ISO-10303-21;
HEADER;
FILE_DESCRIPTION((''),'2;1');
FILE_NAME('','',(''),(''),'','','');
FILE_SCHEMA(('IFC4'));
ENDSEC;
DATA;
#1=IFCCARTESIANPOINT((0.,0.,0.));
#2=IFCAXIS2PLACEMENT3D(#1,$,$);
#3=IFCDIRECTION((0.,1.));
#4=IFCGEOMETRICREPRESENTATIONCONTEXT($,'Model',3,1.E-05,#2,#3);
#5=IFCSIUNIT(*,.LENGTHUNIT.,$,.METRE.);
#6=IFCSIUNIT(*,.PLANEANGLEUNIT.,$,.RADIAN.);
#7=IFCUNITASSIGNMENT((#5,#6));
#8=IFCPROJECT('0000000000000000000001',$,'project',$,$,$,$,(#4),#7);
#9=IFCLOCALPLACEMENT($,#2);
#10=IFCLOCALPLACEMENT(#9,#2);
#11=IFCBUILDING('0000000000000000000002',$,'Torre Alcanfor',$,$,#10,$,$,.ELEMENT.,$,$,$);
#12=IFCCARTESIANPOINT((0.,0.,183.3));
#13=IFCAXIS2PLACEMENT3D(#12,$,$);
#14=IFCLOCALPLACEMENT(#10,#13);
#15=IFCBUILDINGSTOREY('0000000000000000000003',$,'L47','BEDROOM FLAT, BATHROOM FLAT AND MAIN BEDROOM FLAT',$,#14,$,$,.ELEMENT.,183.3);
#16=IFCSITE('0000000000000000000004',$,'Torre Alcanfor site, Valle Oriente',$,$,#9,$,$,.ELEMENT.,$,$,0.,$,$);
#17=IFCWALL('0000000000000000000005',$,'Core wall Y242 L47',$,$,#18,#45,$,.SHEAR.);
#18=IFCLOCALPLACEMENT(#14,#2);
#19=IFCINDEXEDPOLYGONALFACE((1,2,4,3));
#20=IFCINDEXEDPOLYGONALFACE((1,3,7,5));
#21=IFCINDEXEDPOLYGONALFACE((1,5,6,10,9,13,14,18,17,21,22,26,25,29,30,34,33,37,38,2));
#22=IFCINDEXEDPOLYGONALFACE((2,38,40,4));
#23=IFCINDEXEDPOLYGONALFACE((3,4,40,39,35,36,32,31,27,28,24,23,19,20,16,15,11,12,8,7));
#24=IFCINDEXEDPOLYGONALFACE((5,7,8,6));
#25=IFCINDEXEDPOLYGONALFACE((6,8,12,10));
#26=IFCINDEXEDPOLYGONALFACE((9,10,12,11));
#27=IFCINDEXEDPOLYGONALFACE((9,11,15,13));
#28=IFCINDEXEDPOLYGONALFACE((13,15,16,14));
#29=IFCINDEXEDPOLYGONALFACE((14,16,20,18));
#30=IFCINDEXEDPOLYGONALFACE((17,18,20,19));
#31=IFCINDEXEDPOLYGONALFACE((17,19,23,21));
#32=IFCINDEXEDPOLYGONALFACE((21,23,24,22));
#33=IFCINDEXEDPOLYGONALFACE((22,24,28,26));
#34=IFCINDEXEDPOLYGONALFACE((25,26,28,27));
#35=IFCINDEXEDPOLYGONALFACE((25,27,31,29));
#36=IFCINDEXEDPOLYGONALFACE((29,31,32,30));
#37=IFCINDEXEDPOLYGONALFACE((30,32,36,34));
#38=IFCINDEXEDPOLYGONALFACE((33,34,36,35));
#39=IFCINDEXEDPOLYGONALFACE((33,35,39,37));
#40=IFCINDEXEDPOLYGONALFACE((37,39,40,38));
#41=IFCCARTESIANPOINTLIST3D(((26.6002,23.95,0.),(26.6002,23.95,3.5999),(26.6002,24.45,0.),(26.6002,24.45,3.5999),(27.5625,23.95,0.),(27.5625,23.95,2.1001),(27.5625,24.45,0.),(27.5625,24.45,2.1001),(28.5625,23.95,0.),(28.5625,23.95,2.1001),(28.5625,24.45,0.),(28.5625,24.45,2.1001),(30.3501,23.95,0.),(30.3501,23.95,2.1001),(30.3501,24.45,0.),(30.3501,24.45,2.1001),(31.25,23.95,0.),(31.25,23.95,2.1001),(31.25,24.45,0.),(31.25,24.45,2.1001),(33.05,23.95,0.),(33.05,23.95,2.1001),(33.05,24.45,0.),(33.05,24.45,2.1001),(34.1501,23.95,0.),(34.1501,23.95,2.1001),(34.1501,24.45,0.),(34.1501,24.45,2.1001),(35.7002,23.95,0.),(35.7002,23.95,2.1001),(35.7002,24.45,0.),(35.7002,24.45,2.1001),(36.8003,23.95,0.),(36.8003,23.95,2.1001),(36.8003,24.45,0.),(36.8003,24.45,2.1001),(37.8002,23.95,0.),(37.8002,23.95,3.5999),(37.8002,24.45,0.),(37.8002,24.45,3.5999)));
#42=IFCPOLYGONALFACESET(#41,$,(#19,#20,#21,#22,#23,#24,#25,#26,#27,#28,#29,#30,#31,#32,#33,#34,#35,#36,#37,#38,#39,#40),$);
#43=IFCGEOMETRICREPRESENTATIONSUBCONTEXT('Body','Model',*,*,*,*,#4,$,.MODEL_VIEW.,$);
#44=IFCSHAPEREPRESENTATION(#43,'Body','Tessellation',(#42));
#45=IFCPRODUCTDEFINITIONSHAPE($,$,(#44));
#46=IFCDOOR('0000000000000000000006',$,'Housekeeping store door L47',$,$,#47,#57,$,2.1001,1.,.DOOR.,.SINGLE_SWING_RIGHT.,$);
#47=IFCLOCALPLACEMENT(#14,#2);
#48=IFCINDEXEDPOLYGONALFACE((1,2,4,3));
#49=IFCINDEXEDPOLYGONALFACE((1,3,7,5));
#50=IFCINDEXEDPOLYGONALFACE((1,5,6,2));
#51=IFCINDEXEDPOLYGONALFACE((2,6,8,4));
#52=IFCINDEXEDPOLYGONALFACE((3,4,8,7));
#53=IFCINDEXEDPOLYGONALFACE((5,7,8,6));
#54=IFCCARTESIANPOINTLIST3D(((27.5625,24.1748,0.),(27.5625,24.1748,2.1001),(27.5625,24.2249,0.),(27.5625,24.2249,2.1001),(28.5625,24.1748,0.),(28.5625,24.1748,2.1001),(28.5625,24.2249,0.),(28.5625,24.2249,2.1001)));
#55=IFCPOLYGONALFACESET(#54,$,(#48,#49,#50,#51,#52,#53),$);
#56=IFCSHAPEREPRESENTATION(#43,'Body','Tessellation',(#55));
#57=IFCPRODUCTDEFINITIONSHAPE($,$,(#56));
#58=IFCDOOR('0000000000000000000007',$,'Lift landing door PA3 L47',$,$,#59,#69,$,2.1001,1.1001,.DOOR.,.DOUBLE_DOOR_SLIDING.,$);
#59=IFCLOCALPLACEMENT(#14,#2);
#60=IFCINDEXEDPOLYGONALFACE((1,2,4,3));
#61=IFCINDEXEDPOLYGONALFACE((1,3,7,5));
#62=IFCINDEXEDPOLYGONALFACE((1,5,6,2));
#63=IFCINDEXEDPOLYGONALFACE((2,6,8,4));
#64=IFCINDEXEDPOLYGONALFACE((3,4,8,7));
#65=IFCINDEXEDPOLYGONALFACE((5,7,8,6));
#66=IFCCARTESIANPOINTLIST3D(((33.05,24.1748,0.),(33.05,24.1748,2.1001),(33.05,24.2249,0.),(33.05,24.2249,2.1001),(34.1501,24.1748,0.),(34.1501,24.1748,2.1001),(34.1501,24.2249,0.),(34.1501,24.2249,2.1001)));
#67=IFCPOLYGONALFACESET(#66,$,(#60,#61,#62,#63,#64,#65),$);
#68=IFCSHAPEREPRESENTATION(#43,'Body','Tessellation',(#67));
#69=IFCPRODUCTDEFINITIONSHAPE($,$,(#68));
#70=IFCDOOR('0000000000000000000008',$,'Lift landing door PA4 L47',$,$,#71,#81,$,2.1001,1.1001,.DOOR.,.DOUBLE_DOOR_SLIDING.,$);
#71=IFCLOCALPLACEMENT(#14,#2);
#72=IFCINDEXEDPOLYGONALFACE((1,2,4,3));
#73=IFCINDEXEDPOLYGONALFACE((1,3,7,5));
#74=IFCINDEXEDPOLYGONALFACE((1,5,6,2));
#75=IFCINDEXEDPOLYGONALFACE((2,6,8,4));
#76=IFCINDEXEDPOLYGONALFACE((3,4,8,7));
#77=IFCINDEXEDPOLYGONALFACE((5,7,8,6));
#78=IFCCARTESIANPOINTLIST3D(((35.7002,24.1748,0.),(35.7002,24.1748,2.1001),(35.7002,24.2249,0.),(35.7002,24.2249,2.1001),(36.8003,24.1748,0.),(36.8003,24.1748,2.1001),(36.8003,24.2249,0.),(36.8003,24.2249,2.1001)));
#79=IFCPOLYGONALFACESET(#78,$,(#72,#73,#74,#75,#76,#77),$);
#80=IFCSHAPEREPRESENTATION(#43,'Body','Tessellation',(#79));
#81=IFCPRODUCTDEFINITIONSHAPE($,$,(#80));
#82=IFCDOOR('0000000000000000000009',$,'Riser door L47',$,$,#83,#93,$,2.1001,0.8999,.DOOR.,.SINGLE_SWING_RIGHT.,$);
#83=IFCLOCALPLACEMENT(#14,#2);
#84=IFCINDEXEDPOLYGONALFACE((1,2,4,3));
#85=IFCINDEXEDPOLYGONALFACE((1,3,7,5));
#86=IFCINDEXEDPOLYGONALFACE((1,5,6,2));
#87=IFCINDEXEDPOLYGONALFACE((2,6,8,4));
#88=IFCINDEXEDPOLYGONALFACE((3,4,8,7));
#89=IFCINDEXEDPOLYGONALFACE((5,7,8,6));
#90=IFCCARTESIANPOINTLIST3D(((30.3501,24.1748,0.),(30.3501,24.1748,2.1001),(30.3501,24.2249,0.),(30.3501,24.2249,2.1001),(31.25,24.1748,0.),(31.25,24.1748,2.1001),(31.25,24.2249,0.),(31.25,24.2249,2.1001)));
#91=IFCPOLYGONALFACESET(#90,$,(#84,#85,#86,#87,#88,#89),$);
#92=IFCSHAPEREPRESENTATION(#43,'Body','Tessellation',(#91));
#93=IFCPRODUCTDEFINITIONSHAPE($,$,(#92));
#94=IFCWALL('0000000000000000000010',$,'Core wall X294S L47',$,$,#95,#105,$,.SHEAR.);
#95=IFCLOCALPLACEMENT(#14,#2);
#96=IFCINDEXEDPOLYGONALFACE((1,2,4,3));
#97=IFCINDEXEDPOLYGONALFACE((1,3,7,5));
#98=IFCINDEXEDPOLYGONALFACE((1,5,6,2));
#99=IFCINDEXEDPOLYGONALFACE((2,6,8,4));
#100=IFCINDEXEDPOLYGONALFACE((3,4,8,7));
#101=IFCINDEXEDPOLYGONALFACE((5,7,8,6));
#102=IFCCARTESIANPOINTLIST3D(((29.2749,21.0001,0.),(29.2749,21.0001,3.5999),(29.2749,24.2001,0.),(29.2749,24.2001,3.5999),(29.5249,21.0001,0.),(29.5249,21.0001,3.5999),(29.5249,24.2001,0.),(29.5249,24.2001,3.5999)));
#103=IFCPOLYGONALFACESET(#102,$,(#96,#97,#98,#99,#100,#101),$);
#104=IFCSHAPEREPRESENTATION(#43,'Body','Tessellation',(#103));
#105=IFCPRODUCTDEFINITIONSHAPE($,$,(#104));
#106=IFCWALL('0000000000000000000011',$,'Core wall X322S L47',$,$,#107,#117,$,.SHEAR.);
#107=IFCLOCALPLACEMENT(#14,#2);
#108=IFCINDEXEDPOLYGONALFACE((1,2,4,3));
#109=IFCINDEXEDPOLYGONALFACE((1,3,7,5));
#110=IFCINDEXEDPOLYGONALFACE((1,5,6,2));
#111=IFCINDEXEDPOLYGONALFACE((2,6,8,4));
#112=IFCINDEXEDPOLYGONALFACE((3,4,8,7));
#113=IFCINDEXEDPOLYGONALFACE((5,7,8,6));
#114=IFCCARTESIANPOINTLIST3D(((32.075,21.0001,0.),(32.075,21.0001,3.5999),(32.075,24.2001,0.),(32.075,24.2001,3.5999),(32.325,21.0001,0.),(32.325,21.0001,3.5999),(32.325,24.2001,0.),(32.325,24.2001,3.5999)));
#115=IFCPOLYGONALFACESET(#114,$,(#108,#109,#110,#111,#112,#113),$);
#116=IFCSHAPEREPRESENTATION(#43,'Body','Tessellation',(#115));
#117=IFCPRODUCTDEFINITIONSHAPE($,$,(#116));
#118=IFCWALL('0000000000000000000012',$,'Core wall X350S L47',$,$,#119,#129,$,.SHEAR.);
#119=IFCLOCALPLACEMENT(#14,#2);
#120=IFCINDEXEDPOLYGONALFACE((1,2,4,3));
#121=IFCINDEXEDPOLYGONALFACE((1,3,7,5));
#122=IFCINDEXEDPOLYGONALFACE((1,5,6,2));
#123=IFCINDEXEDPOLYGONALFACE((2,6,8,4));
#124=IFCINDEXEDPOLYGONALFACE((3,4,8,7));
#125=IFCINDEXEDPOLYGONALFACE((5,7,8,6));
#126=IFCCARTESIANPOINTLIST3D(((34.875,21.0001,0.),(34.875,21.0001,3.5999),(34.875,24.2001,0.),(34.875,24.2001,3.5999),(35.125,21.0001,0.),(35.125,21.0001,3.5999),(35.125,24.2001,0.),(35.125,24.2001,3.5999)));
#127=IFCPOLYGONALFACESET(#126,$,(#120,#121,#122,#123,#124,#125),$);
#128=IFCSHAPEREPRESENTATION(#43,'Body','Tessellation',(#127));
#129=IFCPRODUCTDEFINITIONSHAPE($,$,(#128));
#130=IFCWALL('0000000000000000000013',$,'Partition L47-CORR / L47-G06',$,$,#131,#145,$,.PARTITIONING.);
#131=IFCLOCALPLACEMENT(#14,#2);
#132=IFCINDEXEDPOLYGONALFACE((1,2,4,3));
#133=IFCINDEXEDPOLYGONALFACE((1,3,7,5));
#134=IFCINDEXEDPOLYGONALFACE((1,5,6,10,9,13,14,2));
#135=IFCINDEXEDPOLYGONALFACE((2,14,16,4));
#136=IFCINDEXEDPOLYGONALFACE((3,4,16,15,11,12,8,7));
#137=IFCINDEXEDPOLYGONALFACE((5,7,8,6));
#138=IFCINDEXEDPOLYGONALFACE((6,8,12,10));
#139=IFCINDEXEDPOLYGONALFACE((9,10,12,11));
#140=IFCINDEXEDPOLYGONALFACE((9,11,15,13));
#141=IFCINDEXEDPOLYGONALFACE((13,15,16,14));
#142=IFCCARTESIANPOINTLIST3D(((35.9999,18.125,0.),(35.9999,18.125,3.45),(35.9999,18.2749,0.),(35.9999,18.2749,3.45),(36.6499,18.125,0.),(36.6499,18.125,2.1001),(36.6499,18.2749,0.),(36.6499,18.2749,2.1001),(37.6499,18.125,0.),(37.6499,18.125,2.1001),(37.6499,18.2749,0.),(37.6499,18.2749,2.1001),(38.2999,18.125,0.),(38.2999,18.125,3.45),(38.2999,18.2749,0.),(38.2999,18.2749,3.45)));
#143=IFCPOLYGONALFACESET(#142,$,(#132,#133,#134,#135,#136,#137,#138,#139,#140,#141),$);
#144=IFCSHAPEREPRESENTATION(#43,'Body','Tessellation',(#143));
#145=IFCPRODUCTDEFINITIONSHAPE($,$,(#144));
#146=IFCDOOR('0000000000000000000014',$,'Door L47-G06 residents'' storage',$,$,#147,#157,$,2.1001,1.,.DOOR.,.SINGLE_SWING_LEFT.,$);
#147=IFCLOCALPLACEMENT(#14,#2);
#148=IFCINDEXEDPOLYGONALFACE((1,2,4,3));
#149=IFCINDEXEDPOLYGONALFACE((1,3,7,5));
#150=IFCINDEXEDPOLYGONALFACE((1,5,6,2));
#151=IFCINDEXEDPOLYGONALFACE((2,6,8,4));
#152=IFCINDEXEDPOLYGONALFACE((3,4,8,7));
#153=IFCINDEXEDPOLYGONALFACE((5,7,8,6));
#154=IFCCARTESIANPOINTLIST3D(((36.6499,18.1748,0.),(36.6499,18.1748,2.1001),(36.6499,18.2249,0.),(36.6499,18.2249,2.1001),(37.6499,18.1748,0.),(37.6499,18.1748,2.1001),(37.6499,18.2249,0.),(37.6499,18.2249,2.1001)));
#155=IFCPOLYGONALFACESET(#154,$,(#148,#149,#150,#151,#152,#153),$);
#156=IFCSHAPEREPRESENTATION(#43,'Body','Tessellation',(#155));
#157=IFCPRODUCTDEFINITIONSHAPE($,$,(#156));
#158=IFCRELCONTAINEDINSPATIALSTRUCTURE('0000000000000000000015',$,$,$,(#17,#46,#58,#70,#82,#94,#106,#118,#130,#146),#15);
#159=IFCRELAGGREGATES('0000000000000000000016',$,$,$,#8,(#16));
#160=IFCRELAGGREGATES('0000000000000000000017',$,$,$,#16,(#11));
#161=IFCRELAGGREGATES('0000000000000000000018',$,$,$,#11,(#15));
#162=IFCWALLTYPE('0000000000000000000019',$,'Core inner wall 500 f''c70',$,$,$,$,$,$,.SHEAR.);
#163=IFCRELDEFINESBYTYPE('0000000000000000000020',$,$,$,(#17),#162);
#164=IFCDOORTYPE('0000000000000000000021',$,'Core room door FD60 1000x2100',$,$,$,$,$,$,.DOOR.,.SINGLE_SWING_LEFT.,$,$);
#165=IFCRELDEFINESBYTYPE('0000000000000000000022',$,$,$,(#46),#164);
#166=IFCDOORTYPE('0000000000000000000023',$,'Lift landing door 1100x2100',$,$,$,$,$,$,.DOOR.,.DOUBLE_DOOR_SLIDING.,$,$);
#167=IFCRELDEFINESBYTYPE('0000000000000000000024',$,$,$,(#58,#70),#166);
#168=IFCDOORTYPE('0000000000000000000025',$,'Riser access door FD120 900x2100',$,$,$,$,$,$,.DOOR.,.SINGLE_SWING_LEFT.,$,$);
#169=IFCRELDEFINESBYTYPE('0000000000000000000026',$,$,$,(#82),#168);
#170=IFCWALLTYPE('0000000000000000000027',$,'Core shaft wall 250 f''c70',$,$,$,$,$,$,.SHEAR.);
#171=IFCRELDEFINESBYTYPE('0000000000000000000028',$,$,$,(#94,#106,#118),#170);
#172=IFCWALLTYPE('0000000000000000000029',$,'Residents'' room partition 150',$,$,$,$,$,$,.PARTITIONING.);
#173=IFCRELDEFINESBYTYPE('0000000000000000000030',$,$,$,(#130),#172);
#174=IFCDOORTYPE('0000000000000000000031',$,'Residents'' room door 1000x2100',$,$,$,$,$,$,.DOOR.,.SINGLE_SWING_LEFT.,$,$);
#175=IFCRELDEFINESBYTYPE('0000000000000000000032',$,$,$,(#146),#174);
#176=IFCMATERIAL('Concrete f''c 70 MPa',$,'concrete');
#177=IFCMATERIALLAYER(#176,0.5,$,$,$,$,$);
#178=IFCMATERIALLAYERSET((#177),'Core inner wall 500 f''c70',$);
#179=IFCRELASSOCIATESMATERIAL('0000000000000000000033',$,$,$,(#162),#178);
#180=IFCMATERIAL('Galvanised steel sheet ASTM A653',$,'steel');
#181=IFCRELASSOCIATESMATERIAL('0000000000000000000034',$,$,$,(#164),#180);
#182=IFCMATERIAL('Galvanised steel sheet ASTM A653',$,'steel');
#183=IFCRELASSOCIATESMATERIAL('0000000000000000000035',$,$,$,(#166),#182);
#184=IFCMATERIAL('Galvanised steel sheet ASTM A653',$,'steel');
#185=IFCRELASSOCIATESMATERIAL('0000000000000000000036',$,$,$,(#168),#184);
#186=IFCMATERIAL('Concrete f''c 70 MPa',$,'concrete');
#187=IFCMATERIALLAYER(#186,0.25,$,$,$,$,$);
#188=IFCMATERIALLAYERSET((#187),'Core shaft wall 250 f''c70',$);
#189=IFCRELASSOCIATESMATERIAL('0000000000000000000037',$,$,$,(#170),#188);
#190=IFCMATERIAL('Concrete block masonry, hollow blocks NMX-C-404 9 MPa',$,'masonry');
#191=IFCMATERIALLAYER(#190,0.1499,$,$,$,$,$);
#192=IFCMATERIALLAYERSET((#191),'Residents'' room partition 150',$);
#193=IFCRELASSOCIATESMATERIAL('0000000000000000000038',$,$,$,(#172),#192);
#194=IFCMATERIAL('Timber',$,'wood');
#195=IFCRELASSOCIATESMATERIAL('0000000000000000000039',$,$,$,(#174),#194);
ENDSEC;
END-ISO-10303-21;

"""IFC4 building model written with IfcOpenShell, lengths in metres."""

from ifc_helpers import new_model, si_unit, direction, frame, frame_2d, origin, place, context, subcontext, project, spatial, rectangle, extrude, material, layer, layer_set, type_object, element, fill, save


model = new_model("IFC4")

# Units and contexts
model_context = context("Model", 3, precision=1e-05, world=origin(), true_north=direction((0.0, 1.0)))
body_context = subcontext(model_context, "Body", "Model", "MODEL_VIEW")
ifc_project = project(units=[si_unit("LENGTHUNIT", "METRE"), si_unit("PLANEANGLEUNIT", "RADIAN")], contexts=[model_context])

# Site, building, storey
site_placement = place(None, origin())
site = spatial("IfcSite", under=ifc_project, at=site_placement, Name="Torre Alcanfor site, Valle Oriente", CompositionType="ELEMENT", RefElevation=0.0)
building_placement = place(site_placement, origin())
building = spatial("IfcBuilding", under=site, at=building_placement, Name="Torre Alcanfor", CompositionType="ELEMENT")
storey_placement = place(building_placement, frame((0.0, 0.0, 183.3)))
storey = spatial("IfcBuildingStorey", under=building, at=storey_placement, Name="L47", Description="BEDROOM FLAT, BATHROOM FLAT AND MAIN BEDROOM FLAT", CompositionType="ELEMENT", Elevation=183.3)

# Shared definitions
ifc_material_1 = material(Name="Concrete f'c 70 MPa", Category="concrete")
ifc_layer_1 = layer(ifc_material_1, 0.5)
ifc_layer_set_1 = layer_set([ifc_layer_1], Name="Core inner wall 500 f'c70")
wall_type_1 = type_object("IfcWallType", Name="Core inner wall 500 f'c70", PredefinedType="SHEAR", material=ifc_layer_set_1)

# Wall, openings, doors
wall_1_placement = place(storey_placement, frame((26.6001, 24.2, 0.0), z_axis=(0.0, 0.0, 1.0), x_axis=(1.0, 0.0, 0.0)))
wall_1 = element("IfcWall", 1, at=wall_1_placement, inside=storey, type_object=wall_type_1, Name="Core wall Y242 L47", PredefinedType="SHEAR", context=body_context, shape_type="SweptSolid", body=[
    extrude(rectangle(XDim=11.2, YDim=0.5, at=frame_2d((5.6001, 0.0))), origin(), (0.0, 0.0, 1.0), 3.5999),
])
opening_1_placement = place(wall_1_placement, frame((0.9624, 0.0, 0.0)))
opening_1 = element("IfcOpeningElement", 2, at=opening_1_placement, cuts=wall_1, PredefinedType="OPENING", context=body_context, shape_type="SweptSolid", body=[
    extrude(rectangle(XDim=1.0, YDim=2.1001, at=frame_2d((0.5, 1.05))), frame((0.0, 0.26, 0.0), z_axis=(0.0, -1.0, 0.0), x_axis=(1.0, 0.0, 0.0)), (0.0, 0.0, 1.0), 0.52),
])
opening_2_placement = place(wall_1_placement, frame((3.75, 0.0, 0.0)))
opening_2 = element("IfcOpeningElement", 3, at=opening_2_placement, cuts=wall_1, PredefinedType="OPENING", context=body_context, shape_type="SweptSolid", body=[
    extrude(rectangle(XDim=0.8999, YDim=2.1001, at=frame_2d((0.45, 1.05))), frame((0.0, 0.26, 0.0), z_axis=(0.0, -1.0, 0.0), x_axis=(1.0, 0.0, 0.0)), (0.0, 0.0, 1.0), 0.52),
])
opening_3_placement = place(wall_1_placement, frame((6.45, 0.0, 0.0)))
opening_3 = element("IfcOpeningElement", 4, at=opening_3_placement, cuts=wall_1, PredefinedType="OPENING", context=body_context, shape_type="SweptSolid", body=[
    extrude(rectangle(XDim=1.1001, YDim=2.1001, at=frame_2d((0.55, 1.05))), frame((0.0, 0.26, 0.0), z_axis=(0.0, -1.0, 0.0), x_axis=(1.0, 0.0, 0.0)), (0.0, 0.0, 1.0), 0.52),
])
opening_4_placement = place(wall_1_placement, frame((9.1001, 0.0, 0.0)))
opening_4 = element("IfcOpeningElement", 5, at=opening_4_placement, cuts=wall_1, PredefinedType="OPENING", context=body_context, shape_type="SweptSolid", body=[
    extrude(rectangle(XDim=1.1001, YDim=2.1001, at=frame_2d((0.55, 1.05))), frame((0.0, 0.26, 0.0), z_axis=(0.0, -1.0, 0.0), x_axis=(1.0, 0.0, 0.0)), (0.0, 0.0, 1.0), 0.52),
])
ifc_material_2 = material(Name="Galvanised steel sheet ASTM A653", Category="steel")
door_type_1 = type_object("IfcDoorType", Name="Core room door FD60 1000x2100", OperationType="SINGLE_SWING_LEFT", PredefinedType="DOOR", material=ifc_material_2)
door_1_placement = place(opening_1_placement, frame((1.0, 0.0, 0.0), z_axis=(0.0, 0.0, 1.0), x_axis=(-1.0, 0.0, 0.0)))
door_1 = element("IfcDoor", 6, at=door_1_placement, inside=storey, type_object=door_type_1, Name="Housekeeping store door L47", OperationType="SINGLE_SWING_RIGHT", OverallHeight=2.1001, OverallWidth=1.0, PredefinedType="DOOR", context=body_context, shape_type="SweptSolid", body=[
    extrude(rectangle(XDim=1.0, YDim=2.1001, at=frame_2d((0.5, 1.05))), frame((0.0, 0.0251, 0.0), z_axis=(0.0, -1.0, 0.0), x_axis=(1.0, 0.0, 0.0)), (0.0, 0.0, 1.0), 0.05),
])
fill(opening_1, door_1)
ifc_material_3 = material(Name="Galvanised steel sheet ASTM A653", Category="steel")
door_type_2 = type_object("IfcDoorType", Name="Lift landing door 1100x2100", OperationType="DOUBLE_DOOR_SLIDING", PredefinedType="DOOR", material=ifc_material_3)
door_2_placement = place(opening_3_placement, origin())
door_2 = element("IfcDoor", 7, at=door_2_placement, inside=storey, type_object=door_type_2, Name="Lift landing door PA3 L47", OperationType="DOUBLE_DOOR_SLIDING", OverallHeight=2.1001, OverallWidth=1.1001, PredefinedType="DOOR", context=body_context, shape_type="SweptSolid", body=[
    extrude(rectangle(XDim=1.1001, YDim=2.1001, at=frame_2d((0.55, 1.05))), frame((0.0, 0.0249, 0.0), z_axis=(0.0, -1.0, 0.0), x_axis=(1.0, 0.0, 0.0)), (0.0, 0.0, 1.0), 0.05),
])
fill(opening_3, door_2)
door_3_placement = place(opening_4_placement, origin())
door_3 = element("IfcDoor", 8, at=door_3_placement, inside=storey, type_object=door_type_2, Name="Lift landing door PA4 L47", OperationType="DOUBLE_DOOR_SLIDING", OverallHeight=2.1001, OverallWidth=1.1001, PredefinedType="DOOR", context=body_context, shape_type="SweptSolid", body=[
    extrude(rectangle(XDim=1.1001, YDim=2.1001, at=frame_2d((0.55, 1.05))), frame((0.0, 0.0249, 0.0), z_axis=(0.0, -1.0, 0.0), x_axis=(1.0, 0.0, 0.0)), (0.0, 0.0, 1.0), 0.05),
])
fill(opening_4, door_3)
ifc_material_4 = material(Name="Galvanised steel sheet ASTM A653", Category="steel")
door_type_3 = type_object("IfcDoorType", Name="Riser access door FD120 900x2100", OperationType="SINGLE_SWING_LEFT", PredefinedType="DOOR", material=ifc_material_4)
door_4_placement = place(opening_2_placement, frame((0.8999, 0.0, 0.0), z_axis=(0.0, 0.0, 1.0), x_axis=(-1.0, 0.0, 0.0)))
door_4 = element("IfcDoor", 9, at=door_4_placement, inside=storey, type_object=door_type_3, Name="Riser door L47", OperationType="SINGLE_SWING_RIGHT", OverallHeight=2.1001, OverallWidth=0.8999, PredefinedType="DOOR", context=body_context, shape_type="SweptSolid", body=[
    extrude(rectangle(XDim=0.8999, YDim=2.1001, at=frame_2d((0.45, 1.05))), frame((0.0, 0.0251, 0.0), z_axis=(0.0, -1.0, 0.0), x_axis=(1.0, 0.0, 0.0)), (0.0, 0.0, 1.0), 0.05),
])
fill(opening_2, door_4)

# Walls
ifc_material_5 = material(Name="Concrete f'c 70 MPa", Category="concrete")
ifc_layer_2 = layer(ifc_material_5, 0.25)
ifc_layer_set_2 = layer_set([ifc_layer_2], Name="Core shaft wall 250 f'c70")
wall_type_2 = type_object("IfcWallType", Name="Core shaft wall 250 f'c70", PredefinedType="SHEAR", material=ifc_layer_set_2)
for number, where, z_axis, x_axis, name in (
    (10, (29.3999, 21.0, 0.0), (0.0, 0.0, 1.0), (0.0, 1.0, 0.0), "Core wall X294S L47"),
    (11, (32.2, 21.0, 0.0), (0.0, 0.0, 1.0), (0.0, 1.0, 0.0), "Core wall X322S L47"),
    (12, (35.0, 21.0, 0.0), (0.0, 0.0, 1.0), (0.0, 1.0, 0.0), "Core wall X350S L47"),
):
    element("IfcWall", number, at=place(storey_placement, frame(where, z_axis=z_axis, x_axis=x_axis)), inside=storey, type_object=wall_type_2, Name=name, PredefinedType="SHEAR", context=body_context, shape_type="SweptSolid", body=[
        extrude(rectangle(XDim=3.2, YDim=0.25, at=frame_2d((1.6001, 0.0))), origin(), (0.0, 0.0, 1.0), 3.5999),
    ])

# Wall, opening, door
ifc_material_6 = material(Name="Concrete block masonry, hollow blocks NMX-C-404 9 MPa", Category="masonry")
ifc_layer_3 = layer(ifc_material_6, 0.1499)
ifc_layer_set_3 = layer_set([ifc_layer_3], Name="Residents' room partition 150")
wall_type_3 = type_object("IfcWallType", Name="Residents' room partition 150", PredefinedType="PARTITIONING", material=ifc_layer_set_3)
wall_2_placement = place(storey_placement, frame((36.0, 18.2, 0.0), z_axis=(0.0, 0.0, 1.0), x_axis=(1.0, 0.0, 0.0)))
wall_2 = element("IfcWall", 13, at=wall_2_placement, inside=storey, type_object=wall_type_3, Name="Partition L47-CORR / L47-G06", PredefinedType="PARTITIONING", context=body_context, shape_type="SweptSolid", body=[
    extrude(rectangle(XDim=2.3, YDim=0.1499, at=frame_2d((1.1499, 0.0))), origin(), (0.0, 0.0, 1.0), 3.45),
])
opening_5_placement = place(wall_2_placement, frame((0.6499, 0.0, 0.0)))
opening_5 = element("IfcOpeningElement", 14, at=opening_5_placement, cuts=wall_2, PredefinedType="OPENING", context=body_context, shape_type="SweptSolid", body=[
    extrude(rectangle(XDim=1.0, YDim=2.1001, at=frame_2d((0.5, 1.05))), frame((0.0, 0.085, 0.0), z_axis=(0.0, -1.0, 0.0), x_axis=(1.0, 0.0, 0.0)), (0.0, 0.0, 1.0), 0.1699),
])
ifc_material_7 = material(Name="Timber", Category="wood")
door_type_4 = type_object("IfcDoorType", Name="Residents' room door 1000x2100", OperationType="SINGLE_SWING_LEFT", PredefinedType="DOOR", material=ifc_material_7)
door_5_placement = place(opening_5_placement, origin())
door_5 = element("IfcDoor", 15, at=door_5_placement, inside=storey, type_object=door_type_4, Name="Door L47-G06 residents' storage", OperationType="SINGLE_SWING_LEFT", OverallHeight=2.1001, OverallWidth=1.0, PredefinedType="DOOR", context=body_context, shape_type="SweptSolid", body=[
    extrude(rectangle(XDim=1.0, YDim=2.1001, at=frame_2d((0.5, 1.05))), frame((0.0, 0.0249, 0.0), z_axis=(0.0, -1.0, 0.0), x_axis=(1.0, 0.0, 0.0)), (0.0, 0.0, 1.0), 0.05),
])
fill(opening_5, door_5)

save(model, "model.ifc")
